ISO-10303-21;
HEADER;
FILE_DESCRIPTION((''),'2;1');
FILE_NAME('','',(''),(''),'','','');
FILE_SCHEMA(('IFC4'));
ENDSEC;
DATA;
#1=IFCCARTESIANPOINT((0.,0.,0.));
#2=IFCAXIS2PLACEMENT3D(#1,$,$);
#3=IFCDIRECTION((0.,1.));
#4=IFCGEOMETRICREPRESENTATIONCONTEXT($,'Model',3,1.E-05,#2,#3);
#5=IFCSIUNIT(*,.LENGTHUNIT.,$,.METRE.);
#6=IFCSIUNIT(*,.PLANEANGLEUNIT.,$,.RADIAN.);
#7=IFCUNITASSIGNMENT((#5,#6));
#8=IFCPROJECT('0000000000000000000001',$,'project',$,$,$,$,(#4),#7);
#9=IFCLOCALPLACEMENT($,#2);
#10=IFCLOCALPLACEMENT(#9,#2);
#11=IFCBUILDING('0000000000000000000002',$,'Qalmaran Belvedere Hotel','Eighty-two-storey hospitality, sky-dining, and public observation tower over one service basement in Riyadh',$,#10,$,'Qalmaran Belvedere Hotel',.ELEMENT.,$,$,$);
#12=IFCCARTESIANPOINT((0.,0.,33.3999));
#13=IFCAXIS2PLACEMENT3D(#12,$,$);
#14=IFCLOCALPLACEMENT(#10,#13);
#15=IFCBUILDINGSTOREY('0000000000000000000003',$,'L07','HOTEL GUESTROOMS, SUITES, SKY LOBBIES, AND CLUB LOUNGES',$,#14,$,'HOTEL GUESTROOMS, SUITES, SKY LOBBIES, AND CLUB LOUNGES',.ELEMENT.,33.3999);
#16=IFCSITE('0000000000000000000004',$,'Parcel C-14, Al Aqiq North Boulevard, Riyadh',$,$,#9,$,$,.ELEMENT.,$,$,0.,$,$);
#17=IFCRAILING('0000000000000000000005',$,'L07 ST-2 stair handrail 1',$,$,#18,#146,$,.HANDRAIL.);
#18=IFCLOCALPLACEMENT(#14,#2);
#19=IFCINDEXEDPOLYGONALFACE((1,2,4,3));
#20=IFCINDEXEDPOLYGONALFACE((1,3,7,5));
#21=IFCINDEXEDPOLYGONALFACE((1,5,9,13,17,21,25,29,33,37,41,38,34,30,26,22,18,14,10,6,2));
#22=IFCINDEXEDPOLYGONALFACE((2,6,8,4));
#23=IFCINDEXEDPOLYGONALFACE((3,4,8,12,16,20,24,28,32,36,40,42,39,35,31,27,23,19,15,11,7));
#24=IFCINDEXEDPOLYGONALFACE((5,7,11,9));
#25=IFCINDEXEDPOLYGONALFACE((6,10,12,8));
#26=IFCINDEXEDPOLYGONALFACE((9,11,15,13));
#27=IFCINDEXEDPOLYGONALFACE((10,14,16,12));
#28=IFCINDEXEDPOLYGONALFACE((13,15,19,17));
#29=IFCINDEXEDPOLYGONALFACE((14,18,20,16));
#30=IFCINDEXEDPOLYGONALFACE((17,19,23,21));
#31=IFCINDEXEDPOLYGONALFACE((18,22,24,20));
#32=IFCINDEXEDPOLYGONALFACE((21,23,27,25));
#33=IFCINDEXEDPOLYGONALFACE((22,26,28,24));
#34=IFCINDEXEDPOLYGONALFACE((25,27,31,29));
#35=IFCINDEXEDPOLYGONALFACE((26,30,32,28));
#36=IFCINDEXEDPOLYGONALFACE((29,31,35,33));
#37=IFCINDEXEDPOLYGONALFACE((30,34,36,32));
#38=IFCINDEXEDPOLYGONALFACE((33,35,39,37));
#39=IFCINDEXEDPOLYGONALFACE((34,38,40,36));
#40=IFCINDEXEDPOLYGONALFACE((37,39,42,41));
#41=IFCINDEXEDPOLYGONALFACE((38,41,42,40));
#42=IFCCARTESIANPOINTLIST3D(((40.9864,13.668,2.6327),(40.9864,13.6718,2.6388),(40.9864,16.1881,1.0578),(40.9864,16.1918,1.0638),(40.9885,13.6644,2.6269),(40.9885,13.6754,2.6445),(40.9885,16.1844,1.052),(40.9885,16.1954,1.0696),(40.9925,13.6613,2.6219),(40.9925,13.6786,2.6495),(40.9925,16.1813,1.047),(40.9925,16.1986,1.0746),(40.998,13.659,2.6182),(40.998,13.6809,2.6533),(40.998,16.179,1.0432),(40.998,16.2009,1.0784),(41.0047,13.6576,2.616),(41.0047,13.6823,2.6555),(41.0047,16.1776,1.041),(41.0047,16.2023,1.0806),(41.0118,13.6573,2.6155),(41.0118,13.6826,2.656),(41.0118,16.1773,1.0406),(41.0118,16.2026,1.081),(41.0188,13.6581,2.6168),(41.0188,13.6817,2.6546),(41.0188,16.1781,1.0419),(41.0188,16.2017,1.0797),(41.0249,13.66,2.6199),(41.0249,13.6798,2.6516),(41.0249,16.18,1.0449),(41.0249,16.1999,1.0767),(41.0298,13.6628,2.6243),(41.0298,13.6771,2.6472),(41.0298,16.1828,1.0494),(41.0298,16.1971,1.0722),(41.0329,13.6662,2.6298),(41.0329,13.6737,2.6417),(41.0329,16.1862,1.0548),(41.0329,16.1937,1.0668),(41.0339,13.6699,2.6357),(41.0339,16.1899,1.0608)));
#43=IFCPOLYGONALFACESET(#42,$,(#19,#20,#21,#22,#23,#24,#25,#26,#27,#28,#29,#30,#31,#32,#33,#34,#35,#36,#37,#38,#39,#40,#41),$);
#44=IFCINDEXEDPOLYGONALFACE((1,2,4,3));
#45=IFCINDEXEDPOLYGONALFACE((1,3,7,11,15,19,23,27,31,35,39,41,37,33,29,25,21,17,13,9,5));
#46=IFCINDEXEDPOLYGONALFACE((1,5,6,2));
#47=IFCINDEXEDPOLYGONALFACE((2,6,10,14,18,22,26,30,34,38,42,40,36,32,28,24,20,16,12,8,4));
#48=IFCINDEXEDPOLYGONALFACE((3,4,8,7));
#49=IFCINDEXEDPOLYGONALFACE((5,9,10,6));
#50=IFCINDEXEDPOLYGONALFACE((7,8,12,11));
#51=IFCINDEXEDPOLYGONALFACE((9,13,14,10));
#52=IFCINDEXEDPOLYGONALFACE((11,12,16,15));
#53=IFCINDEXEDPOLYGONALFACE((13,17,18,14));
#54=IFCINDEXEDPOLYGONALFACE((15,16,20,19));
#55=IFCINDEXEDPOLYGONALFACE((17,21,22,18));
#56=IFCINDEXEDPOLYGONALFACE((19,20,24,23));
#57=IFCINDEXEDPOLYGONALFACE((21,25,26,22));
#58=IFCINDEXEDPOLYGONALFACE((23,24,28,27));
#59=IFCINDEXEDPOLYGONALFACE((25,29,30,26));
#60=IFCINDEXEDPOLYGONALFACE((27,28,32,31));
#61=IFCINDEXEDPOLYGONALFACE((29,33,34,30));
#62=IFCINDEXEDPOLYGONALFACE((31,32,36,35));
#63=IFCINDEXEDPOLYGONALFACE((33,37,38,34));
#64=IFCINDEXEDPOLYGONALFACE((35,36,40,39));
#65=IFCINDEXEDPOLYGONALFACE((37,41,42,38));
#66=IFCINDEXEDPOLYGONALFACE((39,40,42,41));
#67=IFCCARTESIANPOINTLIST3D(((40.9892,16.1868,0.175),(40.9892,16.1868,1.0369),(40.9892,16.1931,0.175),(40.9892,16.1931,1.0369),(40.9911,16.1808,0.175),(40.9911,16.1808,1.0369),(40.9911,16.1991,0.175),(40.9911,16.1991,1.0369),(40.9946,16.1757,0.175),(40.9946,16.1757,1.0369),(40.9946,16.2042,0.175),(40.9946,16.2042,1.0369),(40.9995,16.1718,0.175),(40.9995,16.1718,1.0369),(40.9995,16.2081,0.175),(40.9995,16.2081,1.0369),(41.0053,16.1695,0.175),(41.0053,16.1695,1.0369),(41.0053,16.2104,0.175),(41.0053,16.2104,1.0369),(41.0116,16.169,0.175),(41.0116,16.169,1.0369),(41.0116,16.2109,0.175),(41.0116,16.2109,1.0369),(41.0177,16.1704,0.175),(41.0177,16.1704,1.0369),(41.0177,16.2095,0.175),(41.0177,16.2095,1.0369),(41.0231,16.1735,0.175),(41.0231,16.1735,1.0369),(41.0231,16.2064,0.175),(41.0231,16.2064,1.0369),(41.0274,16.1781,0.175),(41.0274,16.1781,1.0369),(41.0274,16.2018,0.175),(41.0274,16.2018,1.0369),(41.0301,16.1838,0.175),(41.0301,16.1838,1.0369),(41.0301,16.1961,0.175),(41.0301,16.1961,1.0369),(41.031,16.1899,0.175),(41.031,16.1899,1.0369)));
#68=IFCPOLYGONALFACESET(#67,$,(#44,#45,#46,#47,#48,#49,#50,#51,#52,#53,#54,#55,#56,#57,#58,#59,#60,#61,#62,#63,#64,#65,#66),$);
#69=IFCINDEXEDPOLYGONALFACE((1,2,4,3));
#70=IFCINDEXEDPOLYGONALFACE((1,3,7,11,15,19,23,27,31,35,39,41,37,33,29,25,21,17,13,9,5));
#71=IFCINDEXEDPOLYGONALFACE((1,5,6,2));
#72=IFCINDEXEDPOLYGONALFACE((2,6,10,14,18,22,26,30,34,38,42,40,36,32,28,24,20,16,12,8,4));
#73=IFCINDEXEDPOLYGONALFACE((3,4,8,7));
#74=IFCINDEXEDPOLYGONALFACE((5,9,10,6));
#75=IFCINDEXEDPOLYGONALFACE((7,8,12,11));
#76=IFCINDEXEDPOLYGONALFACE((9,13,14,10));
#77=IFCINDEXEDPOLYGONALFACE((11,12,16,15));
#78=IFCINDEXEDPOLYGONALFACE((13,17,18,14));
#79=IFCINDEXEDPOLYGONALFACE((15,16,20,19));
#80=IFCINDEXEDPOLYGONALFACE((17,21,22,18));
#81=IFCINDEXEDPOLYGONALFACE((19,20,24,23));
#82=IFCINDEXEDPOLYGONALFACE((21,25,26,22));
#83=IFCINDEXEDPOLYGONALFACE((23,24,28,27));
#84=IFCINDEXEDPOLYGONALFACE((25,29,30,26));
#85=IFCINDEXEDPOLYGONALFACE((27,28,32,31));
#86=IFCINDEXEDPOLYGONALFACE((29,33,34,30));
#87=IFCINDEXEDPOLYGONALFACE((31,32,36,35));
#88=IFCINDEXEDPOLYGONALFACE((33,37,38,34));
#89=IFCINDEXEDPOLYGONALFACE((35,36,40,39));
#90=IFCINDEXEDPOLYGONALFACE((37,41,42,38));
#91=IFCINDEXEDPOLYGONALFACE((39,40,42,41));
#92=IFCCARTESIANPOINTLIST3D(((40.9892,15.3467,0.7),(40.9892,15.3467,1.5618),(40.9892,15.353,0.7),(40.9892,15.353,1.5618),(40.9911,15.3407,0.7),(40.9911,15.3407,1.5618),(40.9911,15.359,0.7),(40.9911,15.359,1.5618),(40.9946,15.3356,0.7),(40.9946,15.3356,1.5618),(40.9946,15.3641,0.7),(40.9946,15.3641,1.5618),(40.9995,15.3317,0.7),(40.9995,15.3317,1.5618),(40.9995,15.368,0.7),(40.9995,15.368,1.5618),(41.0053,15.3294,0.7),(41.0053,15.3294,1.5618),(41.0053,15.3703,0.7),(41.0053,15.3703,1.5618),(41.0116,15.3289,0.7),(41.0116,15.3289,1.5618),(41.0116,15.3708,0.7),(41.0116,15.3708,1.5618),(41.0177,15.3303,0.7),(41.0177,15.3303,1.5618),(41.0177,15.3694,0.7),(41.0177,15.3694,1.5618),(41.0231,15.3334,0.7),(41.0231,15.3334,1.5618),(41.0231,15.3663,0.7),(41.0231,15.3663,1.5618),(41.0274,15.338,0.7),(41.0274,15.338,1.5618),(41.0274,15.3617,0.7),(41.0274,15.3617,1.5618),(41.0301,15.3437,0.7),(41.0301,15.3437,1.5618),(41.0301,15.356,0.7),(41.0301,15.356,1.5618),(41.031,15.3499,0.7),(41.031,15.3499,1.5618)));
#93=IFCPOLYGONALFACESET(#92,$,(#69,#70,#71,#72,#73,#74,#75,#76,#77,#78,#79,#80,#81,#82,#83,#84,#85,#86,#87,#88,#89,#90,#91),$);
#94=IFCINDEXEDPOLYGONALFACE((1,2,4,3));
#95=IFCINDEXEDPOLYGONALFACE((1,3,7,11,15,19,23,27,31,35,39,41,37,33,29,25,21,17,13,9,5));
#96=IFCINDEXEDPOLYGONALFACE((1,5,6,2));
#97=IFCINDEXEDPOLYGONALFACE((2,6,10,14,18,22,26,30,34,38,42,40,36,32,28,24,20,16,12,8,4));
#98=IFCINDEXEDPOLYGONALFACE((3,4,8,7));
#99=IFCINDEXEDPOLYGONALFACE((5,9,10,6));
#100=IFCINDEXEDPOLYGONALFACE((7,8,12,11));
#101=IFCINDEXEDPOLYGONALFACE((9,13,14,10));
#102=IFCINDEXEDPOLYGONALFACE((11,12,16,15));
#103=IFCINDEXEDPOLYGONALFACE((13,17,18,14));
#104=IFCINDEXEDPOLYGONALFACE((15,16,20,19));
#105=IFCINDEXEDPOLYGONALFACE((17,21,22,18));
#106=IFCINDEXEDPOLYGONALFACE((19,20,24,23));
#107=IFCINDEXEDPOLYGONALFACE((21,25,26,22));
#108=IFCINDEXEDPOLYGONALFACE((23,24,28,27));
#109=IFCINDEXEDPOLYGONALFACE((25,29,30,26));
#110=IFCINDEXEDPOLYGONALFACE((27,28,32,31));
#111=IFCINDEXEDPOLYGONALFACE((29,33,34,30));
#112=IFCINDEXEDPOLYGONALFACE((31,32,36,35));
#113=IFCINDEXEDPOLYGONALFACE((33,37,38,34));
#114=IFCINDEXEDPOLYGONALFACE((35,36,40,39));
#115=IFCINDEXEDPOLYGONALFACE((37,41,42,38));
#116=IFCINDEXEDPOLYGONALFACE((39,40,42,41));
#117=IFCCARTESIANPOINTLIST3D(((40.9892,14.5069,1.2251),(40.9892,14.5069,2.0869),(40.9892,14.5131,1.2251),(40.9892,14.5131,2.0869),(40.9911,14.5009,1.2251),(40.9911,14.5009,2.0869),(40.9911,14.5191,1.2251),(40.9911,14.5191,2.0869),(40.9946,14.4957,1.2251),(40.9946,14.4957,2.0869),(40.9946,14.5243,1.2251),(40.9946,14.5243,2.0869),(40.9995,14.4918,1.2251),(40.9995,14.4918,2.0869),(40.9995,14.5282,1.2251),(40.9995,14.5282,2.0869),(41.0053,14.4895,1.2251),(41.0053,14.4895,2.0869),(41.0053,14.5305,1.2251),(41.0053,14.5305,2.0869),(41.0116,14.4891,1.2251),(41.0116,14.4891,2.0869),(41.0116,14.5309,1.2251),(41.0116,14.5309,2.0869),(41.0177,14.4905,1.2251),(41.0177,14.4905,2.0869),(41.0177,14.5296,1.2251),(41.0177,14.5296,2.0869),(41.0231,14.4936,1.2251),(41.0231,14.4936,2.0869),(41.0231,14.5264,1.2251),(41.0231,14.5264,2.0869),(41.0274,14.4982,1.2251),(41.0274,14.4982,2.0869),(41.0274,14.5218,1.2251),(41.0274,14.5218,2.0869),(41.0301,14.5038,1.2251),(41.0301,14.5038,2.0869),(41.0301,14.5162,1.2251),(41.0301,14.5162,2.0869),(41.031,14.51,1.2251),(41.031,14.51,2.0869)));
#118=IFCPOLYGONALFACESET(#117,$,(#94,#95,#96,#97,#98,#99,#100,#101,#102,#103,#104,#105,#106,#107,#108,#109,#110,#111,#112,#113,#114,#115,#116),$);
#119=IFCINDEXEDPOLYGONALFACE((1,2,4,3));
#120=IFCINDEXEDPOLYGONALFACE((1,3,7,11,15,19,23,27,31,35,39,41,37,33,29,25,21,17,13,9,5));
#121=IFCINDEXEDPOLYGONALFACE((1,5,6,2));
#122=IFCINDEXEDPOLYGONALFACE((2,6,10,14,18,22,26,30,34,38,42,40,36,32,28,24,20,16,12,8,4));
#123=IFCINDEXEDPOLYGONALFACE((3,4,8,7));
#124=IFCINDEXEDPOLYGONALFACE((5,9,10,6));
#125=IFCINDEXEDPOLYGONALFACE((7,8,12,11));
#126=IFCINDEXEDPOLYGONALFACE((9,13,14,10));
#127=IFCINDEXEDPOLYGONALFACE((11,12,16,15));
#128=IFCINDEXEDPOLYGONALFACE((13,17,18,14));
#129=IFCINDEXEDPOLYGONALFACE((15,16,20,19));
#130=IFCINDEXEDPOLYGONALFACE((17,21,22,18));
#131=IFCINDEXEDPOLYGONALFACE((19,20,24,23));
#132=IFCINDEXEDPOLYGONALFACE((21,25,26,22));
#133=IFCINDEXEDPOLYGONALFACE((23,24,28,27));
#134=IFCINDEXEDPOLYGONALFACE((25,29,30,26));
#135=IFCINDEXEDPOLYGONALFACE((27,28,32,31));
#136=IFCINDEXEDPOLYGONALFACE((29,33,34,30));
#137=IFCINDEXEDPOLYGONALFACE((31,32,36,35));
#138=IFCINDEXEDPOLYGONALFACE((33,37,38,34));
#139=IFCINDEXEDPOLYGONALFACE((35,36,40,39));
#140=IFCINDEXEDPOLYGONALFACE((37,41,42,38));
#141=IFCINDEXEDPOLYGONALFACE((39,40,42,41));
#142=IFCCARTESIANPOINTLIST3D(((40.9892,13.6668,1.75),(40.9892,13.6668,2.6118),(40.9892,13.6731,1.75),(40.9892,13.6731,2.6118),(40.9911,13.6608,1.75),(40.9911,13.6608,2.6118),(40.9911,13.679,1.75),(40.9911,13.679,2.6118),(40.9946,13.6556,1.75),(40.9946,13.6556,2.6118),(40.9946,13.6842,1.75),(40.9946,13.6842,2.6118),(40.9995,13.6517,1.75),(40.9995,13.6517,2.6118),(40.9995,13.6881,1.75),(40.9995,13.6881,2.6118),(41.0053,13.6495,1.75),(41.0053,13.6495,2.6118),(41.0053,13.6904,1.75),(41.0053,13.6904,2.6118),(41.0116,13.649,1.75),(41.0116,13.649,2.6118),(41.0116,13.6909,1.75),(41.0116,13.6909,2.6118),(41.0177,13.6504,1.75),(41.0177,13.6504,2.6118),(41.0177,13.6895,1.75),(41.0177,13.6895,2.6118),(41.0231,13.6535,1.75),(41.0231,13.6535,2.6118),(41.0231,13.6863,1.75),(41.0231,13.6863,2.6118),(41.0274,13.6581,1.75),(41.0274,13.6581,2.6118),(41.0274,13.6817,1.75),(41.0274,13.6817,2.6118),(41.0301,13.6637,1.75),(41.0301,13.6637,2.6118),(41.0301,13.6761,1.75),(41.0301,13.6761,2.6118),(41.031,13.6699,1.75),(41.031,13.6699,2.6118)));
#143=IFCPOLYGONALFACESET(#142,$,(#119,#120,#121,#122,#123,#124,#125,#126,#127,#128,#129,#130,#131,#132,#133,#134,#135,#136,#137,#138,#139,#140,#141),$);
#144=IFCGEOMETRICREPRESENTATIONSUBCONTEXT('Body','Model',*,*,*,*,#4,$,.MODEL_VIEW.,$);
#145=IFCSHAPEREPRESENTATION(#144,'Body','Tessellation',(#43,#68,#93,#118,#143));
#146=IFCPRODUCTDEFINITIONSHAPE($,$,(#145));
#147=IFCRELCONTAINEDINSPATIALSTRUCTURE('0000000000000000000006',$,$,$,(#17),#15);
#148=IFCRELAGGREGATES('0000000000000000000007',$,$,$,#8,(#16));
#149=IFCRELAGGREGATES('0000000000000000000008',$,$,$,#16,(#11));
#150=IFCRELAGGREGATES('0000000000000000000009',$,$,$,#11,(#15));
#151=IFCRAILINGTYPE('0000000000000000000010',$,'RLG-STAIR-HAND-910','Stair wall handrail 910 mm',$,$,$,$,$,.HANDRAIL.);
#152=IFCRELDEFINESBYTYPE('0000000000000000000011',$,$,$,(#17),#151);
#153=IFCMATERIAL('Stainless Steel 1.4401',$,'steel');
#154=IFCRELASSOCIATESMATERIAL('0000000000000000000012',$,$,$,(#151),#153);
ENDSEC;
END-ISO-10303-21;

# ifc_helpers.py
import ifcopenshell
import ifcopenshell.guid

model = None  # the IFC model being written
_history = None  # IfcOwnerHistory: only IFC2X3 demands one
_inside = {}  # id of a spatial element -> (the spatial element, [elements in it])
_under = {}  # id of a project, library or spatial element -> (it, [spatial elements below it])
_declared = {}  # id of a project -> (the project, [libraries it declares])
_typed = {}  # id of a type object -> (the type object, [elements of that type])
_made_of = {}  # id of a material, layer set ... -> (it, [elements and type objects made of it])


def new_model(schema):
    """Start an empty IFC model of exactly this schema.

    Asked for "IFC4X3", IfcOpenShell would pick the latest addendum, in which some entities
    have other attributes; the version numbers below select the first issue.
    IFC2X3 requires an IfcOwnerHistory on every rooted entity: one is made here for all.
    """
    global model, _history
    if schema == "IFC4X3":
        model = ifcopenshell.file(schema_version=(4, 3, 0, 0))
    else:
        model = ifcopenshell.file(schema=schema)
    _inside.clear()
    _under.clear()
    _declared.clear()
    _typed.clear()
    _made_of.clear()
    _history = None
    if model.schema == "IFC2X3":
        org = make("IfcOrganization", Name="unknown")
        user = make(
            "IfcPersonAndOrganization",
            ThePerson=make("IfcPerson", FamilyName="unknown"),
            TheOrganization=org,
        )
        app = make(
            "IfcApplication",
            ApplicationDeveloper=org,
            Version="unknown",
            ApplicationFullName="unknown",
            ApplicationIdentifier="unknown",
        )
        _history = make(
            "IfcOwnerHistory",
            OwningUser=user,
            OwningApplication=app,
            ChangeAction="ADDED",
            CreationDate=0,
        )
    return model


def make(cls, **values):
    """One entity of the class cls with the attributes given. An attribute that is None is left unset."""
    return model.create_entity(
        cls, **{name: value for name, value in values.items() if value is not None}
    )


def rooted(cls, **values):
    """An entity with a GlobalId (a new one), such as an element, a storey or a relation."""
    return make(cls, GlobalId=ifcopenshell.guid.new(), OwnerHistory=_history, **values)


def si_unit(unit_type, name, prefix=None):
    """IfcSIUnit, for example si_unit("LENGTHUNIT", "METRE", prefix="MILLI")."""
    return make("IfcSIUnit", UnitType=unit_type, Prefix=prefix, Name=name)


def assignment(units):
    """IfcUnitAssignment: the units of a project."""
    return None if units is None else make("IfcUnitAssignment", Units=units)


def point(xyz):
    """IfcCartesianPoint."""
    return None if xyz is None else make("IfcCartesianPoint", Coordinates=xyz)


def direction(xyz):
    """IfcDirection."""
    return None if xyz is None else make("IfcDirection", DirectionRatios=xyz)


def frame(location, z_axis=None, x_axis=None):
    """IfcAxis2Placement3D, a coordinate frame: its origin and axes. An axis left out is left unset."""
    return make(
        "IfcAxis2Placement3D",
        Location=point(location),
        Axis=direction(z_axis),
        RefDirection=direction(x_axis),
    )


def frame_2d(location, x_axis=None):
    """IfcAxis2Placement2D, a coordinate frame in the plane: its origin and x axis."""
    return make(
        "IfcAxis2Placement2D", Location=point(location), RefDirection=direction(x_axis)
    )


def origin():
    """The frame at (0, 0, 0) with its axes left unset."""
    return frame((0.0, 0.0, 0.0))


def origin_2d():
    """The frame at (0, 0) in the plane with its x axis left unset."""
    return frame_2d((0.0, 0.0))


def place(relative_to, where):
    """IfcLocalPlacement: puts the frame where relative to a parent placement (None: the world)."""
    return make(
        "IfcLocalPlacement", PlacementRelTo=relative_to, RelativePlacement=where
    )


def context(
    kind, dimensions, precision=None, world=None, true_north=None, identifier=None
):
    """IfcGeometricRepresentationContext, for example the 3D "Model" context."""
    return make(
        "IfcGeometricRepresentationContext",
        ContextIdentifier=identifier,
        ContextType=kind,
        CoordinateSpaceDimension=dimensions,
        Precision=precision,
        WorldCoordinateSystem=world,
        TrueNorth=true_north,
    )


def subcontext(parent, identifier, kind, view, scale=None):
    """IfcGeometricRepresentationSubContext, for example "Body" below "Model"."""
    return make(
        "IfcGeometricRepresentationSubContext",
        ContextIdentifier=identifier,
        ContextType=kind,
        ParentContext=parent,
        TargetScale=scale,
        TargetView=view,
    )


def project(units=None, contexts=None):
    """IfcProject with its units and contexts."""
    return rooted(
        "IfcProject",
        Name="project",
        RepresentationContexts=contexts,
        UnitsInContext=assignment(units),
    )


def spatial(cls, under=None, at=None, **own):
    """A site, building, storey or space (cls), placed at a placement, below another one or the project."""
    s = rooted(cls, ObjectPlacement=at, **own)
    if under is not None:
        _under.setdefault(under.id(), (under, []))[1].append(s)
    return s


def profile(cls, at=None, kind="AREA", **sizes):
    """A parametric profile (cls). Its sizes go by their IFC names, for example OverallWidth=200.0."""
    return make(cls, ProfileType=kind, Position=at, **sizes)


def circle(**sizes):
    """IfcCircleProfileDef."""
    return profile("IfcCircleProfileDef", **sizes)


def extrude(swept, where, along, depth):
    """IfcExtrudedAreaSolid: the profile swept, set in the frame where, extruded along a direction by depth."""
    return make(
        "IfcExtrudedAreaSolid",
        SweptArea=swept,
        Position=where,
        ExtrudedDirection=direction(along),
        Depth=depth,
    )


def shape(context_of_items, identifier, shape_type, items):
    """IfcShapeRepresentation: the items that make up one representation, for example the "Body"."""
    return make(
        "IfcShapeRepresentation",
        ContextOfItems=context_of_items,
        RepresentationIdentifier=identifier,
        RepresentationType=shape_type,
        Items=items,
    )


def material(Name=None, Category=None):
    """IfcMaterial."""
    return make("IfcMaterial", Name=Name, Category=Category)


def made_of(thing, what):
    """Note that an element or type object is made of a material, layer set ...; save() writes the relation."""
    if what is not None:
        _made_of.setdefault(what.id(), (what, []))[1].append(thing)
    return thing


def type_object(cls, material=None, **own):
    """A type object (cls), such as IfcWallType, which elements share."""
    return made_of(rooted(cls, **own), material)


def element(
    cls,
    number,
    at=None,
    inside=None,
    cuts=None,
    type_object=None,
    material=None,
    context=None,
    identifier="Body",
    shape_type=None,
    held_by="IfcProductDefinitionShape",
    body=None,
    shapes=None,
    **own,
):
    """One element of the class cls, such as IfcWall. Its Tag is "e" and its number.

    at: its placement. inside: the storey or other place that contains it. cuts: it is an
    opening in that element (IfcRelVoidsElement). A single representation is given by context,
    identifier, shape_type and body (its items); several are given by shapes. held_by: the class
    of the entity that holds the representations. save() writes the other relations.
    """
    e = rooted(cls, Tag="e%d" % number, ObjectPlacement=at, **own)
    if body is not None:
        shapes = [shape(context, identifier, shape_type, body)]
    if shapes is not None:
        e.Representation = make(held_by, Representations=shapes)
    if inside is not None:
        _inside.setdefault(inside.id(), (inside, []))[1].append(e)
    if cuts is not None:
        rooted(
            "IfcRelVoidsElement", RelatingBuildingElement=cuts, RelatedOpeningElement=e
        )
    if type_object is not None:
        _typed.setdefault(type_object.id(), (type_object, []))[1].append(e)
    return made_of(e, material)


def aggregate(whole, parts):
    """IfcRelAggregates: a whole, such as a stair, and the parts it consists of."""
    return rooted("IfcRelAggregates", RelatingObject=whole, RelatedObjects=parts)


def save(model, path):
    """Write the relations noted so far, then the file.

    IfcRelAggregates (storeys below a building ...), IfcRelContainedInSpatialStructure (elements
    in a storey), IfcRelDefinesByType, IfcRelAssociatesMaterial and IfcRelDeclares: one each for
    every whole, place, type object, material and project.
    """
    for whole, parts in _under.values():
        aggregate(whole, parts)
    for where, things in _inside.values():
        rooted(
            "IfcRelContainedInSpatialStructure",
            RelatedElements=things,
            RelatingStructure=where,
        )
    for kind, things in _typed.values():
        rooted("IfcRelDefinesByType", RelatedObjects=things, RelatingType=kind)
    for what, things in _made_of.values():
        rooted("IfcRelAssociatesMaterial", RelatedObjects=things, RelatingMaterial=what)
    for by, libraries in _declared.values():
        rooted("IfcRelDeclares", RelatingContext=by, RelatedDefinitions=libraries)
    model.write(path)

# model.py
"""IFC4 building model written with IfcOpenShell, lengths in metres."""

from ifc_helpers import new_model, si_unit, direction, frame, origin, origin_2d, place, context, subcontext, project, spatial, circle, extrude, material, type_object, element, save


model = new_model("IFC4")

# Units and contexts
model_context = context("Model", 3, precision=1e-05, world=origin(), true_north=direction((0.0, 1.0)))
body_context = subcontext(model_context, "Body", "Model", "MODEL_VIEW")
ifc_project = project(units=[si_unit("LENGTHUNIT", "METRE"), si_unit("PLANEANGLEUNIT", "RADIAN")], contexts=[model_context])

# Site, building, storey
site_placement = place(None, origin())
site = spatial("IfcSite", under=ifc_project, at=site_placement, Name="Parcel C-14, Al Aqiq North Boulevard, Riyadh", CompositionType="ELEMENT", RefElevation=0.0)
building_placement = place(site_placement, origin())
building = spatial("IfcBuilding", under=site, at=building_placement, Name="Qalmaran Belvedere Hotel", Description="Eighty-two-storey hospitality, sky-dining, and public observation tower over one service basement in Riyadh", LongName="Qalmaran Belvedere Hotel", CompositionType="ELEMENT")
storey_placement = place(building_placement, frame((0.0, 0.0, 33.3999)))
storey = spatial("IfcBuildingStorey", under=building, at=storey_placement, Name="L07", Description="HOTEL GUESTROOMS, SUITES, SKY LOBBIES, AND CLUB LOUNGES", LongName="HOTEL GUESTROOMS, SUITES, SKY LOBBIES, AND CLUB LOUNGES", CompositionType="ELEMENT", Elevation=33.3999)

# Shared definitions
ifc_material_1 = material(Name="Stainless Steel 1.4401", Category="steel")

# Railing
railing_type_1 = type_object("IfcRailingType", Name="RLG-STAIR-HAND-910", Description="Stair wall handrail 910 mm", PredefinedType="HANDRAIL", material=ifc_material_1)
railing_1_placement = place(storey_placement, frame((41.01, 16.1899, 0.175)))
element("IfcRailing", 1, at=railing_1_placement, inside=storey, type_object=railing_type_1, Name="L07 ST-2 stair handrail 1", PredefinedType="HANDRAIL", context=body_context, shape_type="SweptSolid", body=[
    extrude(circle(Radius=0.0239, at=origin_2d()), frame((0.0, 0.0, 0.8857), z_axis=(0.0, -0.848008, 0.529984), x_axis=(1.0, 0.0, 0.0)), (0.0, 0.0, 1.0), 2.9717),
    extrude(circle(Radius=0.021, at=origin_2d()), origin(), (0.0, 0.0, 1.0), 0.8618),
    extrude(circle(Radius=0.021, at=origin_2d()), frame((0.0, -0.8401, 0.5249)), (0.0, 0.0, 1.0), 0.8618),
    extrude(circle(Radius=0.021, at=origin_2d()), frame((0.0, -1.6799, 1.05)), (0.0, 0.0, 1.0), 0.8618),
    extrude(circle(Radius=0.021, at=origin_2d()), frame((0.0, -2.52, 1.575)), (0.0, 0.0, 1.0), 0.8618),
])

save(model, "model.ifc")
